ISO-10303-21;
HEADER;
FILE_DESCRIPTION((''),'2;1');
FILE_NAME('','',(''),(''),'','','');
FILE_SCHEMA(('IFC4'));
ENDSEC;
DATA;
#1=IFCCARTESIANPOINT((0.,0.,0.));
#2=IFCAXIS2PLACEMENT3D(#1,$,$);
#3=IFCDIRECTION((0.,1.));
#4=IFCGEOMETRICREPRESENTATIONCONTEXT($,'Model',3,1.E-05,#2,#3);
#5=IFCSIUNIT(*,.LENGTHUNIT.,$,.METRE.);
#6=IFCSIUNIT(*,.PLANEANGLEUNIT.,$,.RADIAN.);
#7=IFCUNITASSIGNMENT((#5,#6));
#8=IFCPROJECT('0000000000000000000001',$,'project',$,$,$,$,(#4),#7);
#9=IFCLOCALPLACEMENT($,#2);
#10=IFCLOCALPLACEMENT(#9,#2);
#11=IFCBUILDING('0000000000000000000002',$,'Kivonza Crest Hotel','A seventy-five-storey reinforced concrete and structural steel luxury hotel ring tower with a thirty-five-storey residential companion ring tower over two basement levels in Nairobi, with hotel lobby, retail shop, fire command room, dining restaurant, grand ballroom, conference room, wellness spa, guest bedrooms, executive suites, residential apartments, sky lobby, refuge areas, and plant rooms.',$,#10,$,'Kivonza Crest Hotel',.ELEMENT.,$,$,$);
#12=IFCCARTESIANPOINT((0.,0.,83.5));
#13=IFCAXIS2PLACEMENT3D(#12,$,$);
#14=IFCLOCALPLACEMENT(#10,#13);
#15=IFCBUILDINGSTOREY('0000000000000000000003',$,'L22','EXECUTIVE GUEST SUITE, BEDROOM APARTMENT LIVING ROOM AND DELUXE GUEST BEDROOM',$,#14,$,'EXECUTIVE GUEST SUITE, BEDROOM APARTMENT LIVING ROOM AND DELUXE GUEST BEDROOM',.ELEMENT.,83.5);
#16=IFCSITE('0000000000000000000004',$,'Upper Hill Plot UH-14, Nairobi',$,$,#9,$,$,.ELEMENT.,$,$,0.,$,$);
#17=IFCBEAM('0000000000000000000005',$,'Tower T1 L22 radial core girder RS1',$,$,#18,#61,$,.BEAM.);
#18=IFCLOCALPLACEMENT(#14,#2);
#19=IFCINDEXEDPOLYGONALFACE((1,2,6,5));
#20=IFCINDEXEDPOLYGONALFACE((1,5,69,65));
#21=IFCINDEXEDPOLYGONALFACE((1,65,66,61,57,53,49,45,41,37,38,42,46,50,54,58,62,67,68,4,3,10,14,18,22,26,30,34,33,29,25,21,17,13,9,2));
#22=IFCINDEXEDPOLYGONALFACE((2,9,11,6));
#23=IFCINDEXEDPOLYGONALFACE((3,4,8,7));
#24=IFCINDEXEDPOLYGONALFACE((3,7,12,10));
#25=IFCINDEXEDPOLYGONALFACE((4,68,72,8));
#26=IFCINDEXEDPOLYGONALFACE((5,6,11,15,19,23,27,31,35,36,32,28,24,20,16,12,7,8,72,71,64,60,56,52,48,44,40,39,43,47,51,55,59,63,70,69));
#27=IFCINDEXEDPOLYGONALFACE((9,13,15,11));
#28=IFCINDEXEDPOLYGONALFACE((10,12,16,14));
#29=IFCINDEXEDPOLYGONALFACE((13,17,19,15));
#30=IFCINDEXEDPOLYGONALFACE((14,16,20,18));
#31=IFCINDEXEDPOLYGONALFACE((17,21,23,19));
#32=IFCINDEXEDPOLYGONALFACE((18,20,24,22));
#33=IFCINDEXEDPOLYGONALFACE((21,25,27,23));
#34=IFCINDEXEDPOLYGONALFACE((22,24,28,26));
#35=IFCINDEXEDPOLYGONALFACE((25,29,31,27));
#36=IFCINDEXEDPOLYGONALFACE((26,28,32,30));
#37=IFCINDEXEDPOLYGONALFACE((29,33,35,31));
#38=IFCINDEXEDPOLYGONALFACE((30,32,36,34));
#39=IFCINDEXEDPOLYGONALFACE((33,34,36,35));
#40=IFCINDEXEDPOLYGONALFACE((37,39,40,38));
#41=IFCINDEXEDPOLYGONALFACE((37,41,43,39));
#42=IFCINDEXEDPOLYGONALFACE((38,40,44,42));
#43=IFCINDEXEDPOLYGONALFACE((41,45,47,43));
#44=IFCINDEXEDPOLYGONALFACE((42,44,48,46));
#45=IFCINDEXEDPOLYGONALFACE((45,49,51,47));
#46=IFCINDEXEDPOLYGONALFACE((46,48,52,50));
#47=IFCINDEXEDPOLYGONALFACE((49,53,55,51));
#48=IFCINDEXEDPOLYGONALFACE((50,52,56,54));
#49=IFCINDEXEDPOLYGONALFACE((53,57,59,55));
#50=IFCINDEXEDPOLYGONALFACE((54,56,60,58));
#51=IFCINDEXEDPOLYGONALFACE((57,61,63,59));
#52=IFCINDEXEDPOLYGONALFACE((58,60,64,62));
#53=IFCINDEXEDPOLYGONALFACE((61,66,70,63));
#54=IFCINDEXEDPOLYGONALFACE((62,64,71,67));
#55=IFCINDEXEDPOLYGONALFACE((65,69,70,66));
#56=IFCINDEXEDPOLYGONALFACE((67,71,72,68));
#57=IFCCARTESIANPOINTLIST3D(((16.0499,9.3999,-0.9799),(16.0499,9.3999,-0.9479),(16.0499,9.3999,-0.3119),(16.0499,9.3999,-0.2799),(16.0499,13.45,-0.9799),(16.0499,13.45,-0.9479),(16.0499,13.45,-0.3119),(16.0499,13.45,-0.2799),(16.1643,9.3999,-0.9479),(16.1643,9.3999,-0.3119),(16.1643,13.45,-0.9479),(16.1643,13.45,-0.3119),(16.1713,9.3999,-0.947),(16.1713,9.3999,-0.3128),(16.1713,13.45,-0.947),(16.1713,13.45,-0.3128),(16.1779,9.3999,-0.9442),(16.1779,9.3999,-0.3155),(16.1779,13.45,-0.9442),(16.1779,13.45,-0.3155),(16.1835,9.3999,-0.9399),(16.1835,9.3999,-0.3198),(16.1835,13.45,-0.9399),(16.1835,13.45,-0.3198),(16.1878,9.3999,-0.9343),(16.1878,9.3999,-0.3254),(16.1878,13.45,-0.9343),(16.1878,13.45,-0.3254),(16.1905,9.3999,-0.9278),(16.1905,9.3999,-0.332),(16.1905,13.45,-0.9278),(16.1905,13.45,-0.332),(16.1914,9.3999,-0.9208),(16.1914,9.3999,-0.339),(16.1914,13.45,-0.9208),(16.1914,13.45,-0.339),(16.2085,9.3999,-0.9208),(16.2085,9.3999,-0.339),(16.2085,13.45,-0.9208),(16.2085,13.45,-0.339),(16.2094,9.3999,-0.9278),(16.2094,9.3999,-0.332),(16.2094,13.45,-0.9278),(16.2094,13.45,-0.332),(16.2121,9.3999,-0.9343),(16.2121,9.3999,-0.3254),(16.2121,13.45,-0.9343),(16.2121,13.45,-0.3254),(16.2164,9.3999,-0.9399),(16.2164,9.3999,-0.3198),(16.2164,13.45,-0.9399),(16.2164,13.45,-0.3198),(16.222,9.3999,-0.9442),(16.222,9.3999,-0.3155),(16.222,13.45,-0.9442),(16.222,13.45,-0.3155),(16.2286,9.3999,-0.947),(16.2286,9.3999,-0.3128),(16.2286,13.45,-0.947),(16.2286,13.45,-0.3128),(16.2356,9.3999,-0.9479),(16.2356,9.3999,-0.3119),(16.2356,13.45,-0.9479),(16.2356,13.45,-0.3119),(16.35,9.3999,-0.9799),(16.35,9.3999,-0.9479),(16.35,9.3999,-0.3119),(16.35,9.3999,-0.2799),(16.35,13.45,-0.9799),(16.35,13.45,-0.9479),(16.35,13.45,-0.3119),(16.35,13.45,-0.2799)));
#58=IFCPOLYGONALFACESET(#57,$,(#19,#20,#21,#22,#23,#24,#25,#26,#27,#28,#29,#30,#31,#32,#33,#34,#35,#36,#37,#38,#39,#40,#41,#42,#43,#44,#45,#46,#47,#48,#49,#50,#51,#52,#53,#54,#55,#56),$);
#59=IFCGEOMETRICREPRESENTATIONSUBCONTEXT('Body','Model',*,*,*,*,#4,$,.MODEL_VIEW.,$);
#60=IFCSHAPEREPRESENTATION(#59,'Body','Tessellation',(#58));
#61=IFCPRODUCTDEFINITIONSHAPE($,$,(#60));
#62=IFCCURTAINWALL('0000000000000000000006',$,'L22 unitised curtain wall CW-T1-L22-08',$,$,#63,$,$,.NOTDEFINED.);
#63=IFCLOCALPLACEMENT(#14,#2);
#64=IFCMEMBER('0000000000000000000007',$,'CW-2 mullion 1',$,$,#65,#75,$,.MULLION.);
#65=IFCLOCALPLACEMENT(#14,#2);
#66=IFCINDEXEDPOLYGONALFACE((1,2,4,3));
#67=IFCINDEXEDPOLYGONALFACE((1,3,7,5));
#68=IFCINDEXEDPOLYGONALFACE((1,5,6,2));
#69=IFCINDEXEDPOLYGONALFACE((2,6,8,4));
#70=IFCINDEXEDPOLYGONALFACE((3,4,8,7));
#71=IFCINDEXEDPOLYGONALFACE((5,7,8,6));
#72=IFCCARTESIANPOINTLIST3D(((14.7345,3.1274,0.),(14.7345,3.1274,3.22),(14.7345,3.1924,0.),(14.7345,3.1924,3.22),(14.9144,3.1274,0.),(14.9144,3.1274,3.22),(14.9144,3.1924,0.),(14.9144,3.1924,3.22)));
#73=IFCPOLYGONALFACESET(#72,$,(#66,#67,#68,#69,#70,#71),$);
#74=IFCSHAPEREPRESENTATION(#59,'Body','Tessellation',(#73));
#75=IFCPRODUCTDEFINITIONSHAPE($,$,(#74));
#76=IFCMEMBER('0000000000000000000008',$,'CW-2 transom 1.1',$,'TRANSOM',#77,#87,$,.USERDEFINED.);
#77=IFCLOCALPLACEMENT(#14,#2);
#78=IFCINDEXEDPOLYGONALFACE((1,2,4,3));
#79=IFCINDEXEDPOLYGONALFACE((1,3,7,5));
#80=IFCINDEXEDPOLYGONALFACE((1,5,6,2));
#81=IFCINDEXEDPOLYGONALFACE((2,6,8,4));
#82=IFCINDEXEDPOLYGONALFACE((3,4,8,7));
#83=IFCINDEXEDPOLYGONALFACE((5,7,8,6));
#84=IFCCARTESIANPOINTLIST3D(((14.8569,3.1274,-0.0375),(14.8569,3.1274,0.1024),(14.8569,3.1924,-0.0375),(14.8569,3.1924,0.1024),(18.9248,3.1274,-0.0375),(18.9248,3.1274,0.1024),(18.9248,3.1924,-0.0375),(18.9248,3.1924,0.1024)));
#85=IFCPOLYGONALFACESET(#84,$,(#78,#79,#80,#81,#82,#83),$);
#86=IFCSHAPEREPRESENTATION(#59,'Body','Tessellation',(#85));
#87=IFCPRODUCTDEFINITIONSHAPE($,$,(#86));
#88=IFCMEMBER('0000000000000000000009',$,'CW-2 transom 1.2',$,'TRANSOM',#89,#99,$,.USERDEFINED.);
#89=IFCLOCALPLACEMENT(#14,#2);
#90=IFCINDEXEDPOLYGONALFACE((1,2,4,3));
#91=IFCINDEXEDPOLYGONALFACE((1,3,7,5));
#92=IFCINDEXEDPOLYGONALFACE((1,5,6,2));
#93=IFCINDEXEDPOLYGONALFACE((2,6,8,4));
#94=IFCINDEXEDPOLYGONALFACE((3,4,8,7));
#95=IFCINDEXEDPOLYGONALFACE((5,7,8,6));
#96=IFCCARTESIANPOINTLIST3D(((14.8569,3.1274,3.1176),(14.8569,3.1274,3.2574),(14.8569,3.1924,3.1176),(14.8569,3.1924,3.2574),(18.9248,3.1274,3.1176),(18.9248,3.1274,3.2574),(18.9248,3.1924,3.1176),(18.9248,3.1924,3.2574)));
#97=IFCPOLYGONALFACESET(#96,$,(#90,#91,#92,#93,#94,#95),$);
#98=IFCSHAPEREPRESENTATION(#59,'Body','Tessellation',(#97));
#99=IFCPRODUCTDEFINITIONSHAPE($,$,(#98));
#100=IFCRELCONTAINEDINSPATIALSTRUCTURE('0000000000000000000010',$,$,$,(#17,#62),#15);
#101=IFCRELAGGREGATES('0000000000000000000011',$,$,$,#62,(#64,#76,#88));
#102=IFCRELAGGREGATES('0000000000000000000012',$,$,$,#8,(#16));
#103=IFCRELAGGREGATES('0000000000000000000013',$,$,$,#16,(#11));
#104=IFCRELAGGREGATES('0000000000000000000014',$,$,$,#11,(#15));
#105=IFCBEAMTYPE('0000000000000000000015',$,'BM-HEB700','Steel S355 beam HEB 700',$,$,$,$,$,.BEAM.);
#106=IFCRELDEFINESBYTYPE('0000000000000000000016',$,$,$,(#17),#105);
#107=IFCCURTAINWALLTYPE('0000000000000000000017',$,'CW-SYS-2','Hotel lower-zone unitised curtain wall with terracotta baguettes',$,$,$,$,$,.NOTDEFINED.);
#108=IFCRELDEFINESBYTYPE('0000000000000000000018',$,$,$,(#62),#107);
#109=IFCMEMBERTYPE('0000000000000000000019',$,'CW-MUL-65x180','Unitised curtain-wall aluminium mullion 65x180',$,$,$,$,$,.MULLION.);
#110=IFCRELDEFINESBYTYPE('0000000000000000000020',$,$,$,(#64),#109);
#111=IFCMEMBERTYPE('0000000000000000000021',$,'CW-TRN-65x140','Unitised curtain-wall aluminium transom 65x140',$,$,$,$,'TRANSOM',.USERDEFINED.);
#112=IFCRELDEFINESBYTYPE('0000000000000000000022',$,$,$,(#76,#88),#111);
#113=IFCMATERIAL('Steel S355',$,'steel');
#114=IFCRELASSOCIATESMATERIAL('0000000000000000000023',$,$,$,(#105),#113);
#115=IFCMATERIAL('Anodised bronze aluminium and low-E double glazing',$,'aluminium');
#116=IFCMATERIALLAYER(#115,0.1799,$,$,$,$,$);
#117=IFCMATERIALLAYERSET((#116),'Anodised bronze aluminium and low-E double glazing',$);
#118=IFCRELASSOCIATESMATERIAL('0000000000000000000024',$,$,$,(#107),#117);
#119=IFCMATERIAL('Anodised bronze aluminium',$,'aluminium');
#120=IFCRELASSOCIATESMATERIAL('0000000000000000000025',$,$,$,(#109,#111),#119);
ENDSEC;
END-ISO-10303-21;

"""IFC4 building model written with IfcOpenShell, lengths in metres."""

from ifc_helpers import new_model, si_unit, direction, frame, origin, origin_2d, place, context, subcontext, project, spatial, rectangle, i_section, extrude, material, layer, layer_set, material_profile, profile_set, type_object, element, aggregate, save


model = new_model("IFC4")

# Units and contexts
model_context = context("Model", 3, precision=1e-05, world=origin(), true_north=direction((0.0, 1.0)))
body_context = subcontext(model_context, "Body", "Model", "MODEL_VIEW")
ifc_project = project(units=[si_unit("LENGTHUNIT", "METRE"), si_unit("PLANEANGLEUNIT", "RADIAN")], contexts=[model_context])

# Site, building, storey
site_placement = place(None, origin())
site = spatial("IfcSite", under=ifc_project, at=site_placement, Name="Upper Hill Plot UH-14, Nairobi", CompositionType="ELEMENT", RefElevation=0.0)
building_placement = place(site_placement, origin())
building = spatial("IfcBuilding", under=site, at=building_placement, Name="Kivonza Crest Hotel", Description="A seventy-five-storey reinforced concrete and structural steel luxury hotel ring tower with a thirty-five-storey residential companion ring tower over two basement levels in Nairobi, with hotel lobby, retail shop, fire command room, dining restaurant, grand ballroom, conference room, wellness spa, guest bedrooms, executive suites, residential apartments, sky lobby, refuge areas, and plant rooms.", LongName="Kivonza Crest Hotel", CompositionType="ELEMENT")
storey_placement = place(building_placement, frame((0.0, 0.0, 83.5)))
storey = spatial("IfcBuildingStorey", under=building, at=storey_placement, Name="L22", Description="EXECUTIVE GUEST SUITE, BEDROOM APARTMENT LIVING ROOM AND DELUXE GUEST BEDROOM", LongName="EXECUTIVE GUEST SUITE, BEDROOM APARTMENT LIVING ROOM AND DELUXE GUEST BEDROOM", CompositionType="ELEMENT", Elevation=83.5)

# Beam
ifc_material_1 = material(Name="Steel S355", Category="steel")
ifc_material_profile_1 = material_profile(ifc_material_1, i_section(OverallWidth=0.3, OverallDepth=0.7, WebThickness=0.0171, FlangeThickness=0.032, FilletRadius=0.0271, at=origin_2d()), Name="HEB 700")
ifc_profile_set_1 = profile_set([ifc_material_profile_1], Name="Steel S355")
beam_type_1 = type_object("IfcBeamType", Name="BM-HEB700", Description="Steel S355 beam HEB 700", PredefinedType="BEAM", material=ifc_profile_set_1)
beam_1_placement = place(storey_placement, frame((16.2, 9.3999, -0.6299), z_axis=(0.0, 1.0, 0.0), x_axis=(-1.0, 0.0, 0.0)))
element("IfcBeam", 1, at=beam_1_placement, inside=storey, type_object=beam_type_1, Name="Tower T1 L22 radial core girder RS1", PredefinedType="BEAM", context=body_context, shape_type="SweptSolid", body=[
    extrude(i_section(OverallWidth=0.3, OverallDepth=0.7, WebThickness=0.0171, FlangeThickness=0.032, FilletRadius=0.0271, at=origin_2d()), origin(), (0.0, 0.0, 1.0), 4.05),
])

# Curtain wall, members
ifc_material_2 = material(Name="Anodised bronze aluminium and low-E double glazing", Category="aluminium")
ifc_layer_1 = layer(ifc_material_2, 0.1799)
ifc_layer_set_1 = layer_set([ifc_layer_1], Name="Anodised bronze aluminium and low-E double glazing")
curtain_wall_type = type_object("IfcCurtainWallType", Name="CW-SYS-2", Description="Hotel lower-zone unitised curtain wall with terracotta baguettes", PredefinedType="NOTDEFINED", material=ifc_layer_set_1)
curtain_wall_placement = place(storey_placement, origin())
curtain_wall = element("IfcCurtainWall", 2, at=curtain_wall_placement, inside=storey, type_object=curtain_wall_type, Name="L22 unitised curtain wall CW-T1-L22-08", PredefinedType="NOTDEFINED")
ifc_material_3 = material(Name="Anodised bronze aluminium", Category="aluminium")
ifc_material_profile_2 = material_profile(ifc_material_3, rectangle(XDim=0.0649, YDim=0.1799, at=origin_2d()), Name="CW-M 65x180")
ifc_profile_set_2 = profile_set([ifc_material_profile_2], Name="Anodised bronze aluminium")
member_type_1 = type_object("IfcMemberType", Name="CW-MUL-65x180", Description="Unitised curtain-wall aluminium mullion 65x180", PredefinedType="MULLION", material=ifc_profile_set_2)
member_1_placement = place(storey_placement, frame((14.8245, 3.1599, 0.0), z_axis=(0.0, 0.0, 1.0), x_axis=(0.0, 1.0, 0.0)))
member_1 = element("IfcMember", 3, at=member_1_placement, type_object=member_type_1, Name="CW-2 mullion 1", PredefinedType="MULLION", context=body_context, shape_type="SweptSolid", body=[
    extrude(rectangle(XDim=0.0649, YDim=0.1799, at=origin_2d()), origin(), (0.0, 0.0, 1.0), 3.22),
])
ifc_material_profile_3 = material_profile(ifc_material_3, rectangle(XDim=0.0649, YDim=0.1399, at=origin_2d()), Name="CW-T 65x140")
ifc_profile_set_3 = profile_set([ifc_material_profile_3], Name="Anodised bronze aluminium")
member_type_2 = type_object("IfcMemberType", Name="CW-TRN-65x140", Description="Unitised curtain-wall aluminium transom 65x140", ElementType="TRANSOM", PredefinedType="USERDEFINED", material=ifc_profile_set_3)
member_2_placement = place(storey_placement, frame((14.8569, 3.1599, 0.0325), z_axis=(1.0, 0.0, 0.0), x_axis=(0.0, 1.0, 0.0)))
member_2 = element("IfcMember", 4, at=member_2_placement, type_object=member_type_2, Name="CW-2 transom 1.1", ObjectType="TRANSOM", PredefinedType="USERDEFINED", context=body_context, shape_type="SweptSolid", body=[
    extrude(rectangle(XDim=0.0649, YDim=0.1399, at=origin_2d()), origin(), (0.0, 0.0, 1.0), 4.0679),
])
member_3_placement = place(storey_placement, frame((14.8569, 3.1599, 3.1875), z_axis=(1.0, 0.0, 0.0), x_axis=(0.0, 1.0, 0.0)))
member_3 = element("IfcMember", 5, at=member_3_placement, type_object=member_type_2, Name="CW-2 transom 1.2", ObjectType="TRANSOM", PredefinedType="USERDEFINED", context=body_context, shape_type="SweptSolid", body=[
    extrude(rectangle(XDim=0.0649, YDim=0.1399, at=origin_2d()), origin(), (0.0, 0.0, 1.0), 4.0679),
])
aggregate(curtain_wall, [member_1, member_2, member_3])

save(model, "model.ifc")
